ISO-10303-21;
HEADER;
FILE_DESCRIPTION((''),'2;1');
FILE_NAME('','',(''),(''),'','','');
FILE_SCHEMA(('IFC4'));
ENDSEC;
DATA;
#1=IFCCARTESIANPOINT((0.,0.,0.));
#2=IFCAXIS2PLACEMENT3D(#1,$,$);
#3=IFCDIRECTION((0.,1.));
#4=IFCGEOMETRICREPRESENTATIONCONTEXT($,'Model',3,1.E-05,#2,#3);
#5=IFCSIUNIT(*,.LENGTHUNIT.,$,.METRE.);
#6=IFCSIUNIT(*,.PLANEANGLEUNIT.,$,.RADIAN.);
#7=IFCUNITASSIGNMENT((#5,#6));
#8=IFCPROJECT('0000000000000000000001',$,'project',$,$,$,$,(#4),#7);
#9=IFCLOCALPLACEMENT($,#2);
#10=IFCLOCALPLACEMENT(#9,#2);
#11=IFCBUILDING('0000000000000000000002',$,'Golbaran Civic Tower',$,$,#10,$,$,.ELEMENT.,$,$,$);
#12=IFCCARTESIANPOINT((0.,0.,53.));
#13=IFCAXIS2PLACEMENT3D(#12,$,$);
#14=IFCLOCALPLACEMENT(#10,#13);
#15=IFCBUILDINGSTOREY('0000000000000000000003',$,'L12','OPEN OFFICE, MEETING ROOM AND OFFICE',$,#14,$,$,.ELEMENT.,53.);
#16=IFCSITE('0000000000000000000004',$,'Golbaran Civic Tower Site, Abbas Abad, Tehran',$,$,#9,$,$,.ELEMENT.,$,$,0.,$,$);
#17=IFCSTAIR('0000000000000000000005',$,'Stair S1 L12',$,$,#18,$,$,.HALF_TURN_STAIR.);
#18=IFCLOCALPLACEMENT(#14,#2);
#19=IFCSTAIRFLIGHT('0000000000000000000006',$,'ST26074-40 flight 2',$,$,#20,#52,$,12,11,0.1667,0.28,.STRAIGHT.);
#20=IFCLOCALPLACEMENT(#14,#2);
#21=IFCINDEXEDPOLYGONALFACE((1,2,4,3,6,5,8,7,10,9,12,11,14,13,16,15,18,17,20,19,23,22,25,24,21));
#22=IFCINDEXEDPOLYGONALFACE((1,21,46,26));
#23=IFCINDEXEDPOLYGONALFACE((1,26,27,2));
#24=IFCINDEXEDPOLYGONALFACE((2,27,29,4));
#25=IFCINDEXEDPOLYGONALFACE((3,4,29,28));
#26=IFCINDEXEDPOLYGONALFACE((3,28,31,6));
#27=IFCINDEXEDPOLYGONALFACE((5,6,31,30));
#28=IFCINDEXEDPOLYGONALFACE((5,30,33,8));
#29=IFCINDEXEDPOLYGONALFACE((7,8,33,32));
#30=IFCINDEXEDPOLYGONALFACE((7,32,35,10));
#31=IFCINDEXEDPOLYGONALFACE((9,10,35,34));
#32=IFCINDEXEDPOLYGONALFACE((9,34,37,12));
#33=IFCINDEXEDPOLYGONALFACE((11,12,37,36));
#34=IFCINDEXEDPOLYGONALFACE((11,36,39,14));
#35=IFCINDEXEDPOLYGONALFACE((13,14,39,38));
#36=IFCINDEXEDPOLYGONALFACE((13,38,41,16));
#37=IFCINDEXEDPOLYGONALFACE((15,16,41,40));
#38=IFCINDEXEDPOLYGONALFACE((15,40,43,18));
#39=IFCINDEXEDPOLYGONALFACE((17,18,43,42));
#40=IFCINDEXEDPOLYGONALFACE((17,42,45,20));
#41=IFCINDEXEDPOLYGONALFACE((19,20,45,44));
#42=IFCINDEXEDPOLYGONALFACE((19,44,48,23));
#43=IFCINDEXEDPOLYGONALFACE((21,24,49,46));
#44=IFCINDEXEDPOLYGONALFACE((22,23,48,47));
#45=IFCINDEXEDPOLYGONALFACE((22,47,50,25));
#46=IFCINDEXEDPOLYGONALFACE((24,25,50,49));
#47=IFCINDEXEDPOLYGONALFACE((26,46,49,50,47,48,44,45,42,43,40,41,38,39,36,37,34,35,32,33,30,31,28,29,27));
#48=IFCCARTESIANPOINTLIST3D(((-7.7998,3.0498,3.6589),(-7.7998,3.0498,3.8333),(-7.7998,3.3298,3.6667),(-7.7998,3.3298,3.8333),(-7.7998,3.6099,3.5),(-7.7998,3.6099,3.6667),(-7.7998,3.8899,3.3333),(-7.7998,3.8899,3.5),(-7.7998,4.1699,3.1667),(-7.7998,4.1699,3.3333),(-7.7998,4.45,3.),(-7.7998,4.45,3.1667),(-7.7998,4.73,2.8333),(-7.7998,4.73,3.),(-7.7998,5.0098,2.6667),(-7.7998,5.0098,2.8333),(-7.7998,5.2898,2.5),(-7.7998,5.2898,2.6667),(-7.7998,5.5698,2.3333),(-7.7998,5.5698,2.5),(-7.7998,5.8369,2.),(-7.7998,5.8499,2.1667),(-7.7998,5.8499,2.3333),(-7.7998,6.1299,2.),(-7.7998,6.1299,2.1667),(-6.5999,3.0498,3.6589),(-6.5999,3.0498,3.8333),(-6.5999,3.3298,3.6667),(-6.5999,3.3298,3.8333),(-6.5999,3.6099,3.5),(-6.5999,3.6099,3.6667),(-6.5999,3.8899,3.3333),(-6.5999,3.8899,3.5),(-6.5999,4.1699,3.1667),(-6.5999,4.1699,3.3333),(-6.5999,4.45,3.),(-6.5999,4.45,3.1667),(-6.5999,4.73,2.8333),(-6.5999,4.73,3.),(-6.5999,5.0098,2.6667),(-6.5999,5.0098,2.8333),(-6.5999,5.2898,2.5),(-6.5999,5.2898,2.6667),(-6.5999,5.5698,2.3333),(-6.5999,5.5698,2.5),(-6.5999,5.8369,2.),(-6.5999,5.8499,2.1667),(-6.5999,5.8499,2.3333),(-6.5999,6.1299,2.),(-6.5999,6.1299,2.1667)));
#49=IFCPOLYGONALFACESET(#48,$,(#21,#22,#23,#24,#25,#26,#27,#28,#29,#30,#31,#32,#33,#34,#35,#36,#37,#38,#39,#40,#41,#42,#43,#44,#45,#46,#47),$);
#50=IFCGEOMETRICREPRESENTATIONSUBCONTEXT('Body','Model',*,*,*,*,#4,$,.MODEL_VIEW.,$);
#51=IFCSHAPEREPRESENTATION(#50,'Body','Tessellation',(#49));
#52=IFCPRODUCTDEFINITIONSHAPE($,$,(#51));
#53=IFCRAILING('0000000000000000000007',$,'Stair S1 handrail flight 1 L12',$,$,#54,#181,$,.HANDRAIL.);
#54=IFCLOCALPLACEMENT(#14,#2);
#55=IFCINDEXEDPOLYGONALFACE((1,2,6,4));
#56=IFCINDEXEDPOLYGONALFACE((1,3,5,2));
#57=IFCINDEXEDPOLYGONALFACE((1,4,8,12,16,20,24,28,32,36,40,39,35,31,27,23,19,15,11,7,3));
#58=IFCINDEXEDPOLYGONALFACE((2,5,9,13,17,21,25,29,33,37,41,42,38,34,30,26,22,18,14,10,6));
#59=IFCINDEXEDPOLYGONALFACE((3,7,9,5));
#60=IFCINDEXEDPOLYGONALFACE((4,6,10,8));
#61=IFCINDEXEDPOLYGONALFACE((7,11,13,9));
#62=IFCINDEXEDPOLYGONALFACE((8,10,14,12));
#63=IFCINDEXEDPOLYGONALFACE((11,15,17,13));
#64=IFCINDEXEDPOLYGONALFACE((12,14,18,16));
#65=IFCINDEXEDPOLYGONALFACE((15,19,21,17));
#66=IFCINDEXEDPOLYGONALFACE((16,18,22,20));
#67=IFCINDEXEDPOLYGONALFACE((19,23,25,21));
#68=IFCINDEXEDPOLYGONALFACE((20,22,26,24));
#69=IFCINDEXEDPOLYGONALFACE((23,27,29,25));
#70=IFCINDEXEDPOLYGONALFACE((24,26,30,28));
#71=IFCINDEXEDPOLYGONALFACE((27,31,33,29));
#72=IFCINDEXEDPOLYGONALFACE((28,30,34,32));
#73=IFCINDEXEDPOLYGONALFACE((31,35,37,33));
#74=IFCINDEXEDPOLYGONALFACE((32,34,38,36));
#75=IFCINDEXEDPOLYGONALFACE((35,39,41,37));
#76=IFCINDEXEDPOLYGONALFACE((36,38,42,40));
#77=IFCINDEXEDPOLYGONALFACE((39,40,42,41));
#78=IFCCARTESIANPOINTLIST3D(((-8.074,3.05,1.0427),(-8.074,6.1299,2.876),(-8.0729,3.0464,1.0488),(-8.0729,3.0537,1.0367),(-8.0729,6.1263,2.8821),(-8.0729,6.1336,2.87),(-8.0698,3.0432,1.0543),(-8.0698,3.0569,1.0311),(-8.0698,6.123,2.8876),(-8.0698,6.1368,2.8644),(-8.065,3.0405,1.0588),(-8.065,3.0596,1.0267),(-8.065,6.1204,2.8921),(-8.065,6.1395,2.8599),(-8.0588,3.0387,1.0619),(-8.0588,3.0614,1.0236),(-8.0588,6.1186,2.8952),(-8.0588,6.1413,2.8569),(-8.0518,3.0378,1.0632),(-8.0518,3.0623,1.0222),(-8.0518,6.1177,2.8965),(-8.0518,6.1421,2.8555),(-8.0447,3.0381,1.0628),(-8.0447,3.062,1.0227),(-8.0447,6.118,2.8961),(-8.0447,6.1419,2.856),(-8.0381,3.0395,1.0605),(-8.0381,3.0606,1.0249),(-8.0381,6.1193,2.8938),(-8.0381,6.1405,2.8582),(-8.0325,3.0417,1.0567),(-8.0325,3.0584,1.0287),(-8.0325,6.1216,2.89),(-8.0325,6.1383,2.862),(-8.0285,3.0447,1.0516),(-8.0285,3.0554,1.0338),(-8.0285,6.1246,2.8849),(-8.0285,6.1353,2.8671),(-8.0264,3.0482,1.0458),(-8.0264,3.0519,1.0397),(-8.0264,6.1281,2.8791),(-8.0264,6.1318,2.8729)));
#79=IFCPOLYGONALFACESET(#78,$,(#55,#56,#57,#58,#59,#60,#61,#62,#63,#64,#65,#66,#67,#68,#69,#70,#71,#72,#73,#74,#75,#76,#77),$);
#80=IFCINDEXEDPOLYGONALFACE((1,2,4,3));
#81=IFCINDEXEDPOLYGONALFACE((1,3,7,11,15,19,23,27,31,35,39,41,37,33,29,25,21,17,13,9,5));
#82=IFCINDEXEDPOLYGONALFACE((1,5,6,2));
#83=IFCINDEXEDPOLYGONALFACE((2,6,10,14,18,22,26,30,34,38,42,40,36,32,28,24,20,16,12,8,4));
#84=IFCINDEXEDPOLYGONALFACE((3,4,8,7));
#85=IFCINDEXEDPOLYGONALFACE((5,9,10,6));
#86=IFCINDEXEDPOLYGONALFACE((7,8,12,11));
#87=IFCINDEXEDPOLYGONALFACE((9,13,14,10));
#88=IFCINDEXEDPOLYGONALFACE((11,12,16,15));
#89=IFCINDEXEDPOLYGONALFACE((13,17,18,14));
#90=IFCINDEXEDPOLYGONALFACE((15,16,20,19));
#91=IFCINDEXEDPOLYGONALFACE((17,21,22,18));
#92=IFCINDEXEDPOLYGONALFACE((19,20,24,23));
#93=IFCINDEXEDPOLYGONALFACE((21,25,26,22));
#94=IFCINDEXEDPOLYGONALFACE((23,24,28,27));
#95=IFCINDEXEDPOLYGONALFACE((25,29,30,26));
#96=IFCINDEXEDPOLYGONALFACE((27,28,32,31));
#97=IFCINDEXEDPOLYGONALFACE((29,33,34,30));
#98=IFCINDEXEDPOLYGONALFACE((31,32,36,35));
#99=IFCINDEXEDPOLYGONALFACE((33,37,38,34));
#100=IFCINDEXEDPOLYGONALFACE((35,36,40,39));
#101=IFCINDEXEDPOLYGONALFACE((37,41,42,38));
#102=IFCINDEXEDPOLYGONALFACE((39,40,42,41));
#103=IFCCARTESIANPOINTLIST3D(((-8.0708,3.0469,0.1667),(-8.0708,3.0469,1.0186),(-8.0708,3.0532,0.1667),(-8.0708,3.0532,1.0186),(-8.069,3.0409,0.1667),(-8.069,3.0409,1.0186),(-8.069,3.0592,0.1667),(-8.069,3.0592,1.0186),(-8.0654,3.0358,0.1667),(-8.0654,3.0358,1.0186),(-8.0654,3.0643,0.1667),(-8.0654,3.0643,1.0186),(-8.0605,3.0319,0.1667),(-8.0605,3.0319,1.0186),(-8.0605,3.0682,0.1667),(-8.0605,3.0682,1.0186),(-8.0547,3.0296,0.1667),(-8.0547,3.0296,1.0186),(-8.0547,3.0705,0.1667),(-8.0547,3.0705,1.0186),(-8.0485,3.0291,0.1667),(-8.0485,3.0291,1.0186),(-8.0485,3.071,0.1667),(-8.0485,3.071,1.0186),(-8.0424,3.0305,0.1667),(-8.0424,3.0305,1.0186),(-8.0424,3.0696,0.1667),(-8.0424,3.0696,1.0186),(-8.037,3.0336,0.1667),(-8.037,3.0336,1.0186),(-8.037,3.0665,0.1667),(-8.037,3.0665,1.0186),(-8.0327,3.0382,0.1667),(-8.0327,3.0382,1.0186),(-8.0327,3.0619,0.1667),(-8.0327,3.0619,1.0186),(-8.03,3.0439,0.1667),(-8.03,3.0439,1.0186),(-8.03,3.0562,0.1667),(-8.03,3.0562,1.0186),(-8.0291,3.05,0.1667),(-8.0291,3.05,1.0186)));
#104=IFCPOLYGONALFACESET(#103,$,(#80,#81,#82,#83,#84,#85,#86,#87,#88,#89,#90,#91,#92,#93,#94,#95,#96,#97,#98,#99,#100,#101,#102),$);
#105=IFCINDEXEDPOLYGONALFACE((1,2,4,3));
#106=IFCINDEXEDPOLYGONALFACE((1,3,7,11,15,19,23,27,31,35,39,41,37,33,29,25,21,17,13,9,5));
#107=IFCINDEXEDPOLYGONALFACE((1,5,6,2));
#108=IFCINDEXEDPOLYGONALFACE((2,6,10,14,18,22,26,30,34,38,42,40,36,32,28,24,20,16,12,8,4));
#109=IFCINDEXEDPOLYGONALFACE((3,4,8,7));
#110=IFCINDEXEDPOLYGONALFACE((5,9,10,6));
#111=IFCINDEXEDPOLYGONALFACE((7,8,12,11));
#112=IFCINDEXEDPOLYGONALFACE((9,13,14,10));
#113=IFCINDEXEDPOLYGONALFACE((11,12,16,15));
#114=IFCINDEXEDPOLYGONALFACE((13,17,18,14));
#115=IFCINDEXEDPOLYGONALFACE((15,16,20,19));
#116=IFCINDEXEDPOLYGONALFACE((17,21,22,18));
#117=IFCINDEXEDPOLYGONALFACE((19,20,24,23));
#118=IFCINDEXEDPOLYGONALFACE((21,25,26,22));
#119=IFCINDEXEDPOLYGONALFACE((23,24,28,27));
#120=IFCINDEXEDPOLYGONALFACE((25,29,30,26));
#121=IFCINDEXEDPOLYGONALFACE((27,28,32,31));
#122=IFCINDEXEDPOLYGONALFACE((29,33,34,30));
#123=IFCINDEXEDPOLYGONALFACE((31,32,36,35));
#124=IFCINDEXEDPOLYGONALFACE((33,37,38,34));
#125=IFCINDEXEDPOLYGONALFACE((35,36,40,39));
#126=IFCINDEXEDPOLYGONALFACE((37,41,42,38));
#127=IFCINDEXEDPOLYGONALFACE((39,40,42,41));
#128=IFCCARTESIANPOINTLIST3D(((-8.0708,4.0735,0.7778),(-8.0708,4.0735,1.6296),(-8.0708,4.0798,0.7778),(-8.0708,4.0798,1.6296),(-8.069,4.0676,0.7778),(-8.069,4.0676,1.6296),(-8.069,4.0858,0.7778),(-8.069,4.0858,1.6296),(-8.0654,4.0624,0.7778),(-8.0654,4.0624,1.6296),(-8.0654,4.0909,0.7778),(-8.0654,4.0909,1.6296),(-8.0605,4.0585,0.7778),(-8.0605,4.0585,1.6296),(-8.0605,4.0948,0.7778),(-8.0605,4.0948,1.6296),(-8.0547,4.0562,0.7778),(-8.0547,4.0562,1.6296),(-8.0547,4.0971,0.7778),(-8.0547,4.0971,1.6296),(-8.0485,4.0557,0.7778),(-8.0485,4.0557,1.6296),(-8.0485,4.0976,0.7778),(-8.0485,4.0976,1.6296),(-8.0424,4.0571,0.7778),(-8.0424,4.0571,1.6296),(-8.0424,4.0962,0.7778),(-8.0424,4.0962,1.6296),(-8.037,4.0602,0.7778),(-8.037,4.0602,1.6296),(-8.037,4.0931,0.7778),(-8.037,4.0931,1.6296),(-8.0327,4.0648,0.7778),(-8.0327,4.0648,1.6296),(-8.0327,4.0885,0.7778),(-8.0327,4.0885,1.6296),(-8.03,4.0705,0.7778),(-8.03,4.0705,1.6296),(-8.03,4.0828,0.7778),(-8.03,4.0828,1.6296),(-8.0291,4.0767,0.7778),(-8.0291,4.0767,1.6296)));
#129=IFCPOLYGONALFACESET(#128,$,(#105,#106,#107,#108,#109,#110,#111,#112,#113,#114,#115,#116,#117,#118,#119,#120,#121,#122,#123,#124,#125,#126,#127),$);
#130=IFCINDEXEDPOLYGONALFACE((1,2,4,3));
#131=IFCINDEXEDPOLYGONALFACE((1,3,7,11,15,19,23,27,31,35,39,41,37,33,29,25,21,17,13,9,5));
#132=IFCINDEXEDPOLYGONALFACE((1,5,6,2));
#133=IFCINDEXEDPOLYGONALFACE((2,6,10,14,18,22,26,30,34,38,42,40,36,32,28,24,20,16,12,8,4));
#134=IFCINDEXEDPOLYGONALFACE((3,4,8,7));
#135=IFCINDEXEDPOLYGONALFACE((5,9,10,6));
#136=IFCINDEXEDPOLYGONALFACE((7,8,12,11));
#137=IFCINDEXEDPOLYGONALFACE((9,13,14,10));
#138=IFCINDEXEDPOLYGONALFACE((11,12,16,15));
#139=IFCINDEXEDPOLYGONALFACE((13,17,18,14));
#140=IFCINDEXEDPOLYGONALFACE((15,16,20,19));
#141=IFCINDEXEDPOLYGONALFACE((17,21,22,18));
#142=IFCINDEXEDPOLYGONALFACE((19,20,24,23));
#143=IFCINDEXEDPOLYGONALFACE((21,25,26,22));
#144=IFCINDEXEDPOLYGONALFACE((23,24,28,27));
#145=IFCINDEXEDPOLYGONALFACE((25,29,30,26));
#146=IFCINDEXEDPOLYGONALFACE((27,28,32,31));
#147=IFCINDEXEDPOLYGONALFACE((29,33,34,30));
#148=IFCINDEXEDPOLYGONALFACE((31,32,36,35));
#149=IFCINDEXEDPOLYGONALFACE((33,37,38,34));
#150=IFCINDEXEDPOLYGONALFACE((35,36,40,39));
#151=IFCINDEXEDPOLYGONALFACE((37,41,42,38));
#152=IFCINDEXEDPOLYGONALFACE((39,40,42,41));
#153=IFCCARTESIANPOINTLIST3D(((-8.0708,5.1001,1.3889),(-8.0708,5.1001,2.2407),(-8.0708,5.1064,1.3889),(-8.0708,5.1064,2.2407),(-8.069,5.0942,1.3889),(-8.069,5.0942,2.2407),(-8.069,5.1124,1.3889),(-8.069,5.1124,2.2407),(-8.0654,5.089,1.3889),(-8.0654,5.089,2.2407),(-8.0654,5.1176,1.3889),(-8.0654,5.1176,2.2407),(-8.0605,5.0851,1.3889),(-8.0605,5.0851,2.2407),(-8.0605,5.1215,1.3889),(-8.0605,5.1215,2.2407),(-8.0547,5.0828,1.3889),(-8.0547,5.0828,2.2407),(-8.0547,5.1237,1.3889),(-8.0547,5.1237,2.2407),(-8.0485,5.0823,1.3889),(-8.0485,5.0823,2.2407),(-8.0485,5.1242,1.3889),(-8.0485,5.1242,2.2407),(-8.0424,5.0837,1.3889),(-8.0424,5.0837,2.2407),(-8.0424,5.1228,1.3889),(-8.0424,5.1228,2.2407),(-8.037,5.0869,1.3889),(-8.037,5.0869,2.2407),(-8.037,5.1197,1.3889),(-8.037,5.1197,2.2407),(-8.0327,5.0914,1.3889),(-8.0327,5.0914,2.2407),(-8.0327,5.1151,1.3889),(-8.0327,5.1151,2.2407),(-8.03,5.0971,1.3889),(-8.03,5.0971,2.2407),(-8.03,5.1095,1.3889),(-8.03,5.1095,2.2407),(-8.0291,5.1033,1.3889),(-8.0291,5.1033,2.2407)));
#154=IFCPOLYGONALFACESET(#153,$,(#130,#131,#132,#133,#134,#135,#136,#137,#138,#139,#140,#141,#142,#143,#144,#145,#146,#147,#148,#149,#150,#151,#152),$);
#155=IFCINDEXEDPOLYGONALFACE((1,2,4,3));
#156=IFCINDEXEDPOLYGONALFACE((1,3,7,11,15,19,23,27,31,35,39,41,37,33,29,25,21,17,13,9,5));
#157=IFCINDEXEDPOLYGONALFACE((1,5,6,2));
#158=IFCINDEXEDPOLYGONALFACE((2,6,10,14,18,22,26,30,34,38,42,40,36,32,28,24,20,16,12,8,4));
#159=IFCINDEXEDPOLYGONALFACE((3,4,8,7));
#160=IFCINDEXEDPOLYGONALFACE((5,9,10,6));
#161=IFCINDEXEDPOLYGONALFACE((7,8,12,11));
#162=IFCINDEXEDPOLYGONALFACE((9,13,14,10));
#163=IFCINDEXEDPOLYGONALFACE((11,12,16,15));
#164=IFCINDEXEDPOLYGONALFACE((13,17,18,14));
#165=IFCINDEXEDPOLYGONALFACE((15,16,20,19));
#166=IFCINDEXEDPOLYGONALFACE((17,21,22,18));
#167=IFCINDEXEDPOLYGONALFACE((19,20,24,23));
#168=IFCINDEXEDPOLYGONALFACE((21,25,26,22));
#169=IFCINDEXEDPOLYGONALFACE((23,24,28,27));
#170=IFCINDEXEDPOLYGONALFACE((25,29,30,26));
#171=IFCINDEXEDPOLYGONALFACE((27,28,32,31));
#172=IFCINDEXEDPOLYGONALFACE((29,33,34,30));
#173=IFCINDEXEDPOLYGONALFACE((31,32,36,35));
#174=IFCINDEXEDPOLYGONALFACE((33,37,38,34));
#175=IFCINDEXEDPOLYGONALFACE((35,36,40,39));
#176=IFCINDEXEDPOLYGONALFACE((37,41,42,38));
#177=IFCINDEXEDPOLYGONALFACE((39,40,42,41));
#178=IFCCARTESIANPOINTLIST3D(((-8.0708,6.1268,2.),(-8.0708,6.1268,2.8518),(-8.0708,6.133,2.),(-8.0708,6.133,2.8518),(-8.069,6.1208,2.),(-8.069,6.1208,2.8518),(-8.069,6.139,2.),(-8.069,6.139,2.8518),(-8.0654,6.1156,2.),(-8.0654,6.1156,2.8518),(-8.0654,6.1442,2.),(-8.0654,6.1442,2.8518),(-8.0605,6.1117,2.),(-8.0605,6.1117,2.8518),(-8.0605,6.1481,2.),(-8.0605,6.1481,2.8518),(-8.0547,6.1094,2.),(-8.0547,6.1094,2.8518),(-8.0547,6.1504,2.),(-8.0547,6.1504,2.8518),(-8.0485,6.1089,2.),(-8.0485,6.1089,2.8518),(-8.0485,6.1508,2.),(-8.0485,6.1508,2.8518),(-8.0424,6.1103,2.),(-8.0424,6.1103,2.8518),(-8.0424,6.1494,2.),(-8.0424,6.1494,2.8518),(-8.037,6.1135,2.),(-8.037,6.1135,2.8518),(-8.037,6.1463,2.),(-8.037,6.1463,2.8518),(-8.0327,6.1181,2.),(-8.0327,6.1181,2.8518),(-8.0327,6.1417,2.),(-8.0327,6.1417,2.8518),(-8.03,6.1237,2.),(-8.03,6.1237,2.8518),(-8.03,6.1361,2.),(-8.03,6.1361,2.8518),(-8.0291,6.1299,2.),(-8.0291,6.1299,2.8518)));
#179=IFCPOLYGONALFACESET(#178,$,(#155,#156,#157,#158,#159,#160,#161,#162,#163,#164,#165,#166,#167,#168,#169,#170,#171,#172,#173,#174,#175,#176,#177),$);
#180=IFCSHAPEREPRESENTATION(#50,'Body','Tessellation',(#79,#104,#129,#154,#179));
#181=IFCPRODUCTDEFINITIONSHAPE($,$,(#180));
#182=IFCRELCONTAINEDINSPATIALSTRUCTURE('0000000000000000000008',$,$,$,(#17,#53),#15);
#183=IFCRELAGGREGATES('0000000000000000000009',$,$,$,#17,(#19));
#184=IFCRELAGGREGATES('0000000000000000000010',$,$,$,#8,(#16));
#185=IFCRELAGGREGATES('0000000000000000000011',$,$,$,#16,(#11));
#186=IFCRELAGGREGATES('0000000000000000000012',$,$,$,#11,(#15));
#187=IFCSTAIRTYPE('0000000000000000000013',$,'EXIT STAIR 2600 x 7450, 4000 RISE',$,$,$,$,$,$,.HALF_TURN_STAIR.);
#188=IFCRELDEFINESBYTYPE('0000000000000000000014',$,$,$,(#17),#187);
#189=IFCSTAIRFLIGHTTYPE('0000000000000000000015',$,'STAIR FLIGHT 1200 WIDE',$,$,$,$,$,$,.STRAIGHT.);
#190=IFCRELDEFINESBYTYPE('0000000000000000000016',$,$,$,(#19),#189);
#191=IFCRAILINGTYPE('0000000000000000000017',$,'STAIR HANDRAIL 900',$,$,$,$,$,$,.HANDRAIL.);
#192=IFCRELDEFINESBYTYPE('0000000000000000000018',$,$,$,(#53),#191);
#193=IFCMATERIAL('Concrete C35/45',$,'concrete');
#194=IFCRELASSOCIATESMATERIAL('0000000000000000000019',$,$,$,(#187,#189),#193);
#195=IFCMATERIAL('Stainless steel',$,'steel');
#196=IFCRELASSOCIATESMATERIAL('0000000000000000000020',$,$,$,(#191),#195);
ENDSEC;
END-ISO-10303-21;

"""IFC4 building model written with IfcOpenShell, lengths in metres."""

from ifc_helpers import new_model, si_unit, direction, frame, origin, origin_2d, place, context, subcontext, project, spatial, polyline, circle, outline, extrude, material, type_object, element, aggregate, save


model = new_model("IFC4")

# Units and contexts
model_context = context("Model", 3, precision=1e-05, world=origin(), true_north=direction((0.0, 1.0)))
body_context = subcontext(model_context, "Body", "Model", "MODEL_VIEW")
ifc_project = project(units=[si_unit("LENGTHUNIT", "METRE"), si_unit("PLANEANGLEUNIT", "RADIAN")], contexts=[model_context])

# Site, building, storey
site_placement = place(None, origin())
site = spatial("IfcSite", under=ifc_project, at=site_placement, Name="Golbaran Civic Tower Site, Abbas Abad, Tehran", CompositionType="ELEMENT", RefElevation=0.0)
building_placement = place(site_placement, origin())
building = spatial("IfcBuilding", under=site, at=building_placement, Name="Golbaran Civic Tower", CompositionType="ELEMENT")
storey_placement = place(building_placement, frame((0.0, 0.0, 53.0)))
storey = spatial("IfcBuildingStorey", under=building, at=storey_placement, Name="L12", Description="OPEN OFFICE, MEETING ROOM AND OFFICE", CompositionType="ELEMENT", Elevation=53.0)

# Shared definitions
ifc_material_1 = material(Name="Stainless steel", Category="steel")

# Stair, stair flight
ifc_material_2 = material(Name="Concrete C35/45", Category="concrete")
stair_type = type_object("IfcStairType", Name="EXIT STAIR 2600 x 7450, 4000 RISE", PredefinedType="HALF_TURN_STAIR", material=ifc_material_2)
stair_placement = place(storey_placement, origin())
stair = element("IfcStair", 1, at=stair_placement, inside=storey, type_object=stair_type, Name="Stair S1 L12", PredefinedType="HALF_TURN_STAIR")
stair_flight_type = type_object("IfcStairFlightType", Name="STAIR FLIGHT 1200 WIDE", PredefinedType="STRAIGHT", material=ifc_material_2)
stair_flight_1_placement = place(storey_placement, frame((-7.2, 6.1299, 2.0), z_axis=(0.0, 0.0, 1.0), x_axis=(0.0, -1.0, 0.0)))
stair_flight_1 = element("IfcStairFlight", 2, at=stair_flight_1_placement, type_object=stair_flight_type, Name="ST26074-40 flight 2", NumberOfRisers=12, NumberOfTreads=11, PredefinedType="STRAIGHT", RiserHeight=0.1667, TreadLength=0.28, context=body_context, shape_type="SweptSolid", body=[
    extrude(outline(polyline([(0.0, 0.0), (0.0, 0.1667), (0.28, 0.1667), (0.28, 0.3333), (0.5601, 0.3333), (0.5601, 0.5), (0.8401, 0.5), (0.8401, 0.6667), (1.1201, 0.6667), (1.1201, 0.8333), (1.3999, 0.8333), (1.3999, 1.0), (1.6799, 1.0), (1.6799, 1.1667), (1.96, 1.1667), (1.96, 1.3333), (2.24, 1.3333), (2.24, 1.5), (2.52, 1.5), (2.52, 1.6667), (2.8, 1.6667), (2.8, 1.8333), (3.0801, 1.8333), (3.0801, 2.0), (3.0801, 1.6589), (0.293, 0.0), (0.0, 0.0)])), frame((0.0, 0.6001, 0.0), z_axis=(0.0, -1.0, 0.0), x_axis=(1.0, 0.0, 0.0)), (0.0, 0.0, 1.0), 1.2),
])
aggregate(stair, [stair_flight_1])

# Railing
railing_type = type_object("IfcRailingType", Name="STAIR HANDRAIL 900", PredefinedType="HANDRAIL", material=ifc_material_1)
railing_1_placement = place(storey_placement, frame((-8.05, 3.05, 0.1667)))
element("IfcRailing", 3, at=railing_1_placement, inside=storey, type_object=railing_type, Name="Stair S1 handrail flight 1 L12", PredefinedType="HANDRAIL", context=body_context, shape_type="SweptSolid", body=[
    extrude(circle(Radius=0.0239, at=origin_2d()), frame((0.0, 0.0, 0.876), z_axis=(0.0, 0.859291, 0.511487), x_axis=(-1.0, 0.0, 0.0)), (0.0, 0.0, 1.0), 3.5842),
    extrude(circle(Radius=0.021, at=origin_2d()), origin(), (0.0, 0.0, 1.0), 0.8518),
    extrude(circle(Radius=0.021, at=origin_2d()), frame((0.0, 1.0266, 0.6111)), (0.0, 0.0, 1.0), 0.8518),
    extrude(circle(Radius=0.021, at=origin_2d()), frame((0.0, 2.0532, 1.2222)), (0.0, 0.0, 1.0), 0.8518),
    extrude(circle(Radius=0.021, at=origin_2d()), frame((0.0, 3.0798, 1.8333)), (0.0, 0.0, 1.0), 0.8518),
])

save(model, "model.ifc")
